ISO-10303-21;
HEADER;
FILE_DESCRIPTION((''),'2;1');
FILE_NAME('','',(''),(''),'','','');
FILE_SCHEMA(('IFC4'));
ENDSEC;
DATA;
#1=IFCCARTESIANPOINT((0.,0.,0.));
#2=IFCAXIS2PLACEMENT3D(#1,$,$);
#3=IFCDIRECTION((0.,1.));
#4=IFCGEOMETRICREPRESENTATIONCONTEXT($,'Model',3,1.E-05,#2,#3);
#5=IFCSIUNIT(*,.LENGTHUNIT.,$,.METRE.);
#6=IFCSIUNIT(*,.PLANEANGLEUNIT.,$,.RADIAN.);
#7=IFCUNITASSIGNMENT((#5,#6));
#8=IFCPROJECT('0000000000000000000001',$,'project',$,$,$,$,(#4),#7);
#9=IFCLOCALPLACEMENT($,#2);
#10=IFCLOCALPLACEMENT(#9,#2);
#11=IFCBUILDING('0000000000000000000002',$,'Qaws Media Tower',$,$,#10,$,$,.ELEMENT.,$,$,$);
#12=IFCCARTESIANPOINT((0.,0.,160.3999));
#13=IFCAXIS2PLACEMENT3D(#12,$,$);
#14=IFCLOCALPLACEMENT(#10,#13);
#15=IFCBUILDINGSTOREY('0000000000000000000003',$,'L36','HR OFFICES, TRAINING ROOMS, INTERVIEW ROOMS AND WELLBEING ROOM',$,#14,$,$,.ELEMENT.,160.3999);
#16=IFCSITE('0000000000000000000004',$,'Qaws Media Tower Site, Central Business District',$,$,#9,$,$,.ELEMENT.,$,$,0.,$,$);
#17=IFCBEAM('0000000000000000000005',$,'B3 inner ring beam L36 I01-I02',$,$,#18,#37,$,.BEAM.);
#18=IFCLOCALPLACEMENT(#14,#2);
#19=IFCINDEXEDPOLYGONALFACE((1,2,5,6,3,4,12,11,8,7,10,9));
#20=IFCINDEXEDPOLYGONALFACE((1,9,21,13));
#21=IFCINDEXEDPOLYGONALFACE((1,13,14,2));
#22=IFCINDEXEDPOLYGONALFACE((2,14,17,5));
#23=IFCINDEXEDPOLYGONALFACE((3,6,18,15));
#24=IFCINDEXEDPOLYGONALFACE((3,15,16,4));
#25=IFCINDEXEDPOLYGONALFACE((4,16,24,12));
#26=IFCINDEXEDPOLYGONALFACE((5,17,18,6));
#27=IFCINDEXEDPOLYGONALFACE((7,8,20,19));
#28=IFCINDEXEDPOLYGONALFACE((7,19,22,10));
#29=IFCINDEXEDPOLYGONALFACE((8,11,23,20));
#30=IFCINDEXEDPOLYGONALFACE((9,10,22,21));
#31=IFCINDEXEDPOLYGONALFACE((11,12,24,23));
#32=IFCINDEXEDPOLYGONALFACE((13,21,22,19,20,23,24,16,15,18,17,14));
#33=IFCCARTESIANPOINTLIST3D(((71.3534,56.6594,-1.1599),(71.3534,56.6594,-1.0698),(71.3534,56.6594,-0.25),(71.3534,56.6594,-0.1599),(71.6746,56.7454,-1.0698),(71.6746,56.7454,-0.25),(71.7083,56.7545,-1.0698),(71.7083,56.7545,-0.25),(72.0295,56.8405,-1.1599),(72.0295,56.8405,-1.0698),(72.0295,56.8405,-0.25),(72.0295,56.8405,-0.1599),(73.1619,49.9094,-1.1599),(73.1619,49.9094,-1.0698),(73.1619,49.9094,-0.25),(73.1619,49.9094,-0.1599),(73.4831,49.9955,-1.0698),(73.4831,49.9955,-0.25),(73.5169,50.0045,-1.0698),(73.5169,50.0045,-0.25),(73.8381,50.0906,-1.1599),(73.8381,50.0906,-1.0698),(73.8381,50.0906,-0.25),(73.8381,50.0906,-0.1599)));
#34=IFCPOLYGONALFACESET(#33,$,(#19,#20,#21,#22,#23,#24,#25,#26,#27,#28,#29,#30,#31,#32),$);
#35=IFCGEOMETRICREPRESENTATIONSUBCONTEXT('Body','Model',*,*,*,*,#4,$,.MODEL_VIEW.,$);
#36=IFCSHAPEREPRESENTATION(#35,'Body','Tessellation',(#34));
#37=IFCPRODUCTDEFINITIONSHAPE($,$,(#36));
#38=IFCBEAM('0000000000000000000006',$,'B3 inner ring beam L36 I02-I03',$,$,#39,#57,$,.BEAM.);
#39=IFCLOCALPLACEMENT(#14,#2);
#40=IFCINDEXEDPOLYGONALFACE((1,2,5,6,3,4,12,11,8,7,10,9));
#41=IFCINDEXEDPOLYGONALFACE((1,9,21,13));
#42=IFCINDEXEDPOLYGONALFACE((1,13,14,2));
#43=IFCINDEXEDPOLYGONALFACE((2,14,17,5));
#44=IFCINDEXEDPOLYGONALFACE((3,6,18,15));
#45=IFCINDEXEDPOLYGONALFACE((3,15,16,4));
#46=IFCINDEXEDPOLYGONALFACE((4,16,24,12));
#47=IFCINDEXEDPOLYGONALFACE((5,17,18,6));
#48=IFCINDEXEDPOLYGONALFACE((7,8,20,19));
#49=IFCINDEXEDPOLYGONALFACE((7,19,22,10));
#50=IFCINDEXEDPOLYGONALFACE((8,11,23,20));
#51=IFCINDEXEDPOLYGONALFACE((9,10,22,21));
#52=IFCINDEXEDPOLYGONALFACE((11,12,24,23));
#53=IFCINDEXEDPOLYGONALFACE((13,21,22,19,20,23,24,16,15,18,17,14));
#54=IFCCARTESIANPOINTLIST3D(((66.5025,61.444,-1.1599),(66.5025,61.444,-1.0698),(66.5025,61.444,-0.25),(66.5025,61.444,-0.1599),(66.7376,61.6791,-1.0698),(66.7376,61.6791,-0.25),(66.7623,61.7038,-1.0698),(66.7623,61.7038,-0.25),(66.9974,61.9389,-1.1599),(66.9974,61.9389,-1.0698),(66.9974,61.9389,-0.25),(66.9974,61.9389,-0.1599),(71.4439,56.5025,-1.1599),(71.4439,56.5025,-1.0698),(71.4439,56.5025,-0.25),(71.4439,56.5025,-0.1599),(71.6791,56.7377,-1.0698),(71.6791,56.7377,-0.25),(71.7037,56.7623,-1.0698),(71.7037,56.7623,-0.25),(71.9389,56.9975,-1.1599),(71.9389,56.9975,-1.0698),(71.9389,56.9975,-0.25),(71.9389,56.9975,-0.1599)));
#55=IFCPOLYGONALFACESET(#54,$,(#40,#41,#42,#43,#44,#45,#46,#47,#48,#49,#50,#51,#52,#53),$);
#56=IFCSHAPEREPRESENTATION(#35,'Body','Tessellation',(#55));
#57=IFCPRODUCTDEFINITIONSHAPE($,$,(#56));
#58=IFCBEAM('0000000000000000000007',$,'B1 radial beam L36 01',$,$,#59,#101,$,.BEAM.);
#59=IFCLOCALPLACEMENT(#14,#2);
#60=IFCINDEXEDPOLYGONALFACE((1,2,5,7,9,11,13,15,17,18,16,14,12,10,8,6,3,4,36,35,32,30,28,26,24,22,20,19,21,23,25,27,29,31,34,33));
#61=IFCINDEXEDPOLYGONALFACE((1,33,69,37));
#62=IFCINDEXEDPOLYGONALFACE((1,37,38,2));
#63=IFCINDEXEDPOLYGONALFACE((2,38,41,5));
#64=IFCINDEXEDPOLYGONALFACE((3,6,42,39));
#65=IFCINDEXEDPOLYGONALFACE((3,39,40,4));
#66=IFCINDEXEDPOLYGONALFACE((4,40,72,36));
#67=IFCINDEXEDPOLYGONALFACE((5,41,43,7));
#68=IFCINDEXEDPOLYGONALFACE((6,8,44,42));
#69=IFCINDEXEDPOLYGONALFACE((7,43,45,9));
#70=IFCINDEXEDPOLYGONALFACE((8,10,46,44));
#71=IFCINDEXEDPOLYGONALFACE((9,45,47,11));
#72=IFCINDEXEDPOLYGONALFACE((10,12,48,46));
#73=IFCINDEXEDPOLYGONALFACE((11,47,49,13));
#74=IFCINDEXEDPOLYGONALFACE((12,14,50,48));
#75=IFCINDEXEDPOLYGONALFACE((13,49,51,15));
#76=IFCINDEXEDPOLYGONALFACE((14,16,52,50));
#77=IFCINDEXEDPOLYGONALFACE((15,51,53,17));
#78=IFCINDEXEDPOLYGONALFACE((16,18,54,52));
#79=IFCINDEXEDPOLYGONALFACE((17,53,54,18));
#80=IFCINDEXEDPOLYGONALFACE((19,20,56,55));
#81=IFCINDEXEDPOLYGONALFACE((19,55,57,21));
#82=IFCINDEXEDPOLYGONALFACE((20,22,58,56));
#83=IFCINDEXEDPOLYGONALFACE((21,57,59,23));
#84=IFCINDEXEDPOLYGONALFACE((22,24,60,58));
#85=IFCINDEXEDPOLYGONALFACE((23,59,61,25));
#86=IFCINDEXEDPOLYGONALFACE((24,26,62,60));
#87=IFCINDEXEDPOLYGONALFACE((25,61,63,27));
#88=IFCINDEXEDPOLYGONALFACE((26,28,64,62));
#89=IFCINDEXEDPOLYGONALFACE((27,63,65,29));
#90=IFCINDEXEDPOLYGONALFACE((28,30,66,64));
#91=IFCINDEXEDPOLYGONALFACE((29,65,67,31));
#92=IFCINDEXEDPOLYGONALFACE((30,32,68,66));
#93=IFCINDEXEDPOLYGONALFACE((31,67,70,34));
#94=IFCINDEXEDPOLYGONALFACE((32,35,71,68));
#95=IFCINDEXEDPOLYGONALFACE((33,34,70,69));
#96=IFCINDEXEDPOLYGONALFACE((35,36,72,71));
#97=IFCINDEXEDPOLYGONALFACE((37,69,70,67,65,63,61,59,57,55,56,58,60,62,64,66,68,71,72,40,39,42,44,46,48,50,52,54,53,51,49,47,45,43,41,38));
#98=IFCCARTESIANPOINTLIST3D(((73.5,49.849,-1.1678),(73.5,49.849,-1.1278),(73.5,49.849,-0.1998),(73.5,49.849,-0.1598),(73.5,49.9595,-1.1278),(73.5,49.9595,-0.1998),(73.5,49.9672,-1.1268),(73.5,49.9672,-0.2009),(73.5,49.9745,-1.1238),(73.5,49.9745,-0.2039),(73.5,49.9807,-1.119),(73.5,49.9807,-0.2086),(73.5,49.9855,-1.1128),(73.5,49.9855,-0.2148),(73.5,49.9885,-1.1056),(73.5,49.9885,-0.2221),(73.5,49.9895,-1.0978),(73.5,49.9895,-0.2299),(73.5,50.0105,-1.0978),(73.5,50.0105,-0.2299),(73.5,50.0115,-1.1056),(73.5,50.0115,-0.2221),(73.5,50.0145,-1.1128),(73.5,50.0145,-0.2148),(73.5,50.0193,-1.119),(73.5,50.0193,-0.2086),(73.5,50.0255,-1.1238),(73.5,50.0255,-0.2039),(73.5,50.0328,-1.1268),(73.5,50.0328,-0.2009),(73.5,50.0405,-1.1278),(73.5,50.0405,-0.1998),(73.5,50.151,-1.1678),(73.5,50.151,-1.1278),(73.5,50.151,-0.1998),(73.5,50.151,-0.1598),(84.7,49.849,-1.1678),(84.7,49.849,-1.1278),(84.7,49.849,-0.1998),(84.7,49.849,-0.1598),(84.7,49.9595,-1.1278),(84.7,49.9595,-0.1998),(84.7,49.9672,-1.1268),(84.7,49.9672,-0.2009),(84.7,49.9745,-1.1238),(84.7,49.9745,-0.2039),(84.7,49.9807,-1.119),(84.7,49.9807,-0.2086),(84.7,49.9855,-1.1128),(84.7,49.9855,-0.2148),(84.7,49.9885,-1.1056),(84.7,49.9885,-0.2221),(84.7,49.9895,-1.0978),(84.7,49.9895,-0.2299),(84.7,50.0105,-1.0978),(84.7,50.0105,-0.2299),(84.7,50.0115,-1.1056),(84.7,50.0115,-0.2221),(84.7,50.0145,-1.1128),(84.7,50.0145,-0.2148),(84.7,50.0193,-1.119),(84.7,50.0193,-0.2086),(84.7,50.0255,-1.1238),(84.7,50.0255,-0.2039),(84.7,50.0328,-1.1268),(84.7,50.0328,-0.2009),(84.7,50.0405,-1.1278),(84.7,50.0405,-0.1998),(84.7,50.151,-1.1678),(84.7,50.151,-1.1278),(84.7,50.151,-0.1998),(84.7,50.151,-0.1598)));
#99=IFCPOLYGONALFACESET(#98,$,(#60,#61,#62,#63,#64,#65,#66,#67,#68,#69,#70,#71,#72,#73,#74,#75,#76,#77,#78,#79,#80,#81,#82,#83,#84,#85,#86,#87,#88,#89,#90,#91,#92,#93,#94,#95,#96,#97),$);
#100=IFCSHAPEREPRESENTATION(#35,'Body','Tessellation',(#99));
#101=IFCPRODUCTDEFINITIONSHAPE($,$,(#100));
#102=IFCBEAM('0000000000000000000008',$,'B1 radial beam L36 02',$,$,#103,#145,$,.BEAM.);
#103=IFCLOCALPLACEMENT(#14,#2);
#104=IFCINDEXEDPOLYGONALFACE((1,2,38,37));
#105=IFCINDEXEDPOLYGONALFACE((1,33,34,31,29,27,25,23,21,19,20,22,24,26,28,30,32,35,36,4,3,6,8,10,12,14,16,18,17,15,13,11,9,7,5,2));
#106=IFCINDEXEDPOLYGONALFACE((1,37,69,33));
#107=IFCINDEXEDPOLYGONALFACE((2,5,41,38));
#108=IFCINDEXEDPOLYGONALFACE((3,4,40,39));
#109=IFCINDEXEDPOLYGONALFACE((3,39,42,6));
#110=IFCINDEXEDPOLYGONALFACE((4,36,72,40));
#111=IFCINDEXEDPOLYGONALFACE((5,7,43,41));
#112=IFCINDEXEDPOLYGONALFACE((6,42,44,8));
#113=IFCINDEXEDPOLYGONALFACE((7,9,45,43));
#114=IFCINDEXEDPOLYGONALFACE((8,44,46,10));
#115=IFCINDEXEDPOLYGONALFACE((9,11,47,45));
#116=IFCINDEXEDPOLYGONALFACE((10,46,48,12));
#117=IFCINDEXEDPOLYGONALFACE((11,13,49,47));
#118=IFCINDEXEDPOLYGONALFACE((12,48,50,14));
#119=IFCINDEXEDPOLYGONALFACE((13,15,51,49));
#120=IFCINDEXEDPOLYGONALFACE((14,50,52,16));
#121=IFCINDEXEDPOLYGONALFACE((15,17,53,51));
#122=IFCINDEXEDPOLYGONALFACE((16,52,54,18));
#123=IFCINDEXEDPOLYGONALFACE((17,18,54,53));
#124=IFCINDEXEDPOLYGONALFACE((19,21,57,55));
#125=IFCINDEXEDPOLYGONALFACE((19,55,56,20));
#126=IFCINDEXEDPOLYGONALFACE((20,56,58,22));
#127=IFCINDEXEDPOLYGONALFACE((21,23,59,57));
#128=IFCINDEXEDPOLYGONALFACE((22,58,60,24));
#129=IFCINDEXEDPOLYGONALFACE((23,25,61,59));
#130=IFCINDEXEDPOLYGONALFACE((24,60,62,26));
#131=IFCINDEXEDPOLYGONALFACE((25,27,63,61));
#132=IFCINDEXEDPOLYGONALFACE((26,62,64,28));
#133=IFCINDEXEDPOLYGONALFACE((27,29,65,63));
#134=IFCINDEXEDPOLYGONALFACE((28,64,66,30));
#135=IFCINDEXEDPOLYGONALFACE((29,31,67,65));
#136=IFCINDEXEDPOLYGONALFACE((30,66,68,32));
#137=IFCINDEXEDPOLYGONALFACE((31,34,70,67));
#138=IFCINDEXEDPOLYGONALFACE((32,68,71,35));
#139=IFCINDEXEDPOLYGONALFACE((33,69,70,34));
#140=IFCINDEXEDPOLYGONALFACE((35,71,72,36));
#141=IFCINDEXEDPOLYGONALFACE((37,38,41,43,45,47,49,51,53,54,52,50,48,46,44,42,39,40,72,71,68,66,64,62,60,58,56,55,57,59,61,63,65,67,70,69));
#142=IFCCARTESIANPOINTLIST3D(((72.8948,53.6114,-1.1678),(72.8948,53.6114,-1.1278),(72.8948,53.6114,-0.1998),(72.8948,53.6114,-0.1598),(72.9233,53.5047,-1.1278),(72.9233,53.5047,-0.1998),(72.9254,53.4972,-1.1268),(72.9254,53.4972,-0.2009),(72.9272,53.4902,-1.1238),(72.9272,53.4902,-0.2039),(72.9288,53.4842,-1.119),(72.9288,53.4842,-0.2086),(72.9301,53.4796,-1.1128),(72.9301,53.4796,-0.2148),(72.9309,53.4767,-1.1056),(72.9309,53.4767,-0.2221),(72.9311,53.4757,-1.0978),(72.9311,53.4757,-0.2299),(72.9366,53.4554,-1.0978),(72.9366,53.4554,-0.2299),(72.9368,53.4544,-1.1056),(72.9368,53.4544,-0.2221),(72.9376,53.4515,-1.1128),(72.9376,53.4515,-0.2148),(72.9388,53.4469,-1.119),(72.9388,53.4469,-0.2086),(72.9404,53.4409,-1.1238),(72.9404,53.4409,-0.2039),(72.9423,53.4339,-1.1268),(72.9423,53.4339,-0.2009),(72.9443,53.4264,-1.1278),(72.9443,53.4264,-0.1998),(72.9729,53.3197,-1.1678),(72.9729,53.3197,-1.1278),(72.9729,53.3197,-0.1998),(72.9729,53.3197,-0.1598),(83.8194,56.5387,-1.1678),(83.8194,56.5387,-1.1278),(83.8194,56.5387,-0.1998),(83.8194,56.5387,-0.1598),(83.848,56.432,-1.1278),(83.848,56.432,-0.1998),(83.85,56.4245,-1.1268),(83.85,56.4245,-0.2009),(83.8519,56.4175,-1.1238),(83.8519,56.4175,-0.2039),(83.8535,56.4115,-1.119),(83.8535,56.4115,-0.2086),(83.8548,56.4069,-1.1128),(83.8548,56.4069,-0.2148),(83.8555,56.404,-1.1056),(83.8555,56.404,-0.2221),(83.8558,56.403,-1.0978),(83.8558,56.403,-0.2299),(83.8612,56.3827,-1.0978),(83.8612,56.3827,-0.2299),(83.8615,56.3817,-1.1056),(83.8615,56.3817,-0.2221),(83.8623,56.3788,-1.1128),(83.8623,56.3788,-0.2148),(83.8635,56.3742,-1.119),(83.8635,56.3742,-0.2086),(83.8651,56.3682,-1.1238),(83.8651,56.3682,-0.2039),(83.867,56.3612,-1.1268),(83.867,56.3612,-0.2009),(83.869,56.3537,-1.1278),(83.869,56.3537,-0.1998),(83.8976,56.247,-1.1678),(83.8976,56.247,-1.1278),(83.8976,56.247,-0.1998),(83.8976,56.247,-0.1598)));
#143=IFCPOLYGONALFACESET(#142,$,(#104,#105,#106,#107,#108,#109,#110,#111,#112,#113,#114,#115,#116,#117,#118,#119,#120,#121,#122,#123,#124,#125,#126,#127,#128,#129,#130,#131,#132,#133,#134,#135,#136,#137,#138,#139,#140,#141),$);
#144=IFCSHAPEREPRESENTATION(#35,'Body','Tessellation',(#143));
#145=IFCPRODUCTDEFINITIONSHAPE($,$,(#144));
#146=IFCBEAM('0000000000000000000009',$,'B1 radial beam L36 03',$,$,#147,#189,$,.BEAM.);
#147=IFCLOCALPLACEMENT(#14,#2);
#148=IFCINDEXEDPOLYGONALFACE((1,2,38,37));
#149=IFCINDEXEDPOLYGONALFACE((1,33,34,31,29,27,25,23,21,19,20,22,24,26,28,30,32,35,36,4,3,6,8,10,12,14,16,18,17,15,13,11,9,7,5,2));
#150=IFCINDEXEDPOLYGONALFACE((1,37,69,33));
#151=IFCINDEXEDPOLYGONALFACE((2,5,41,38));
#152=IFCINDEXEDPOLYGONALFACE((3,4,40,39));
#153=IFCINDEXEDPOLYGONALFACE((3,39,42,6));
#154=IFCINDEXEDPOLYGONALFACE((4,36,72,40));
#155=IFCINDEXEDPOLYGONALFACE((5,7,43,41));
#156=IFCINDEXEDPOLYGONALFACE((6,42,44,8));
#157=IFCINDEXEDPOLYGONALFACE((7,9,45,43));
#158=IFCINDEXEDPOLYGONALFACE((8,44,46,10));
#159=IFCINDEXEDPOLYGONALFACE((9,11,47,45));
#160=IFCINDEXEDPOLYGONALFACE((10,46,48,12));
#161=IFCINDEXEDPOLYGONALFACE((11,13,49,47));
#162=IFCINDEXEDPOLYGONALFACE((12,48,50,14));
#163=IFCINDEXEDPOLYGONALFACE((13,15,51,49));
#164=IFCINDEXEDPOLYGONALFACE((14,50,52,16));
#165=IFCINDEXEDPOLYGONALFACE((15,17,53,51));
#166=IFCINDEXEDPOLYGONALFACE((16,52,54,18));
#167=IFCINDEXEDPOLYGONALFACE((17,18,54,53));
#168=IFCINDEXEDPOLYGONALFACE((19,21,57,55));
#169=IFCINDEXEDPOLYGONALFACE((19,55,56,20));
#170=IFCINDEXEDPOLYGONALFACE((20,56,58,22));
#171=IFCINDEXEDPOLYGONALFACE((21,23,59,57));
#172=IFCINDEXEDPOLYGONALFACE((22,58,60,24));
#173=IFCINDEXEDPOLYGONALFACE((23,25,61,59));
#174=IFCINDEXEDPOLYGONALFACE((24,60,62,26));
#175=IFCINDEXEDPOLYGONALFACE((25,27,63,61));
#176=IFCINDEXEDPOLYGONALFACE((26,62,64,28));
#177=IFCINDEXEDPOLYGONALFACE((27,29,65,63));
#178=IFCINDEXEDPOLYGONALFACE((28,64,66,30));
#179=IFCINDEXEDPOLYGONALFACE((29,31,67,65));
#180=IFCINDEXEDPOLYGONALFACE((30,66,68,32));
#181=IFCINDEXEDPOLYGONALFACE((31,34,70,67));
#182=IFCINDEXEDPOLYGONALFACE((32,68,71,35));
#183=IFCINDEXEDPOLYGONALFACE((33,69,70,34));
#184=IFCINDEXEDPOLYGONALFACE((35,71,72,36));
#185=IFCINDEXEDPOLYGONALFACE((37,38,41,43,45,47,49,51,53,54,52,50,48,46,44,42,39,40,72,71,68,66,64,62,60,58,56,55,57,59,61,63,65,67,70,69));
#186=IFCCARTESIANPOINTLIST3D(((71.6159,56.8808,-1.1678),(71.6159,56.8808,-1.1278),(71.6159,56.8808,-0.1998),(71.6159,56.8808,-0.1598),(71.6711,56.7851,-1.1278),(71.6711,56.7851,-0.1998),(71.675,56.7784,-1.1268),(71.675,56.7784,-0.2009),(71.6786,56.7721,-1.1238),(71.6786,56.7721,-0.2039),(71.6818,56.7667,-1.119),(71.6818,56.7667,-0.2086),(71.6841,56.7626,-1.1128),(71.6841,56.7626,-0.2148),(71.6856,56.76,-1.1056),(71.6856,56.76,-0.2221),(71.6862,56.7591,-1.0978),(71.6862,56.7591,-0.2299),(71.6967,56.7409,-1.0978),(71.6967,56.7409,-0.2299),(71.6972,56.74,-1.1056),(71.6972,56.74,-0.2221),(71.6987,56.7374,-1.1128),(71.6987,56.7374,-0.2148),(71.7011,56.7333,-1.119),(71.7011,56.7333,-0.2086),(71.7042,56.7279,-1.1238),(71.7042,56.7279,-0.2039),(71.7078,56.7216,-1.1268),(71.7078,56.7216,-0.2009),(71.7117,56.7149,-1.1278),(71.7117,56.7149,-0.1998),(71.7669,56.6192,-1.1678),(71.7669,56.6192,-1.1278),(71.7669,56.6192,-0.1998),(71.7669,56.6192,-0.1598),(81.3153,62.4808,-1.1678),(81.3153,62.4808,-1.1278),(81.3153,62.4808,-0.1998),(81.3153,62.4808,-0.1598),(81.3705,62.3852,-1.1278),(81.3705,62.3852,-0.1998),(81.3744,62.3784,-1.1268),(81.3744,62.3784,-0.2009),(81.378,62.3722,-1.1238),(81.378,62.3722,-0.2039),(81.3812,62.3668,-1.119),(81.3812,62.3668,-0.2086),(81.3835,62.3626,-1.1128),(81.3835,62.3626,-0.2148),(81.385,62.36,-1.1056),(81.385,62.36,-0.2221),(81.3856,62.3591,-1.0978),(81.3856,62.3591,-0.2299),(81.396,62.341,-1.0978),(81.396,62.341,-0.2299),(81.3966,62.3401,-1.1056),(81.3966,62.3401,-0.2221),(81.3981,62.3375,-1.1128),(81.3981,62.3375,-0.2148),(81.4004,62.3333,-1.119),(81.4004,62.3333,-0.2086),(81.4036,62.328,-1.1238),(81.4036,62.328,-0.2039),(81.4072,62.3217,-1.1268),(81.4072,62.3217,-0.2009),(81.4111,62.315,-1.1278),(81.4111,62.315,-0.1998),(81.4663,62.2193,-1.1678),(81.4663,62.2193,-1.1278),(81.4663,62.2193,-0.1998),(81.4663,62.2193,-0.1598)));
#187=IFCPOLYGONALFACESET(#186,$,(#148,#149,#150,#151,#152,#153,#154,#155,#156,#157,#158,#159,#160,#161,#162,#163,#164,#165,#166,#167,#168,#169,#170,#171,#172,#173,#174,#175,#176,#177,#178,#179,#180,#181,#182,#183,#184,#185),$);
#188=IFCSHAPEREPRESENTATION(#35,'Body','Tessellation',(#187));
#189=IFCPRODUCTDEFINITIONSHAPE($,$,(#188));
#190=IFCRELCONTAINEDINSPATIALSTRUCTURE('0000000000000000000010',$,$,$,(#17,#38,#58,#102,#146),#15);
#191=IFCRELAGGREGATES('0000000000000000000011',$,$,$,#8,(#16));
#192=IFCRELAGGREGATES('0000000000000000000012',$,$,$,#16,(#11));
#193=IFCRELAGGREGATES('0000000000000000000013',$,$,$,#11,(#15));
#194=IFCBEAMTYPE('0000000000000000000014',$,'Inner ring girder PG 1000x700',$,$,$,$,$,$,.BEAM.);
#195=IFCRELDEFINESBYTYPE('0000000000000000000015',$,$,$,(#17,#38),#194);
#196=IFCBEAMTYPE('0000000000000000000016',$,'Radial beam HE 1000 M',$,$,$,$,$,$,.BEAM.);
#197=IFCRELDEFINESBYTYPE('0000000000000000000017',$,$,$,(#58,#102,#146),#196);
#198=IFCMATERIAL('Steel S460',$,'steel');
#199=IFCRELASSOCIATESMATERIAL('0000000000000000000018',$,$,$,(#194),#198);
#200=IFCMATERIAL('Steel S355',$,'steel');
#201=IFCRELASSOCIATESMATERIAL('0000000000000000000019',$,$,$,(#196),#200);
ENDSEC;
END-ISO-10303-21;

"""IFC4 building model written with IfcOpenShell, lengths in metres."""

from ifc_helpers import new_model, si_unit, direction, frame, origin, origin_2d, place, context, subcontext, project, spatial, i_section, extrude, material, material_profile, profile_set, type_object, element, save


model = new_model("IFC4")

# Units and contexts
model_context = context("Model", 3, precision=1e-05, world=origin(), true_north=direction((0.0, 1.0)))
body_context = subcontext(model_context, "Body", "Model", "MODEL_VIEW")
ifc_project = project(units=[si_unit("LENGTHUNIT", "METRE"), si_unit("PLANEANGLEUNIT", "RADIAN")], contexts=[model_context])

# Site, building, storey
site_placement = place(None, origin())
site = spatial("IfcSite", under=ifc_project, at=site_placement, Name="Qaws Media Tower Site, Central Business District", CompositionType="ELEMENT", RefElevation=0.0)
building_placement = place(site_placement, origin())
building = spatial("IfcBuilding", under=site, at=building_placement, Name="Qaws Media Tower", CompositionType="ELEMENT")
storey_placement = place(building_placement, frame((0.0, 0.0, 160.3999)))
storey = spatial("IfcBuildingStorey", under=building, at=storey_placement, Name="L36", Description="HR OFFICES, TRAINING ROOMS, INTERVIEW ROOMS AND WELLBEING ROOM", CompositionType="ELEMENT", Elevation=160.3999)

# Beams
ifc_material_1 = material(Name="Steel S460", Category="steel")
ifc_material_profile_1 = material_profile(ifc_material_1, i_section(OverallWidth=0.7, OverallDepth=1.0, WebThickness=0.0349, FlangeThickness=0.0901, at=origin_2d()), Name="PG 1000x700")
ifc_profile_set_1 = profile_set([ifc_material_profile_1], Name="Steel S460")
beam_type_1 = type_object("IfcBeamType", Name="Inner ring girder PG 1000x700", PredefinedType="BEAM", material=ifc_profile_set_1)
beam_1_placement = place(storey_placement, frame((73.5, 50.0, -0.6599), z_axis=(-0.258811, 0.965928, 0.0), x_axis=(-0.965928, -0.258811, 0.0)))
element("IfcBeam", 1, at=beam_1_placement, inside=storey, type_object=beam_type_1, Name="B3 inner ring beam L36 I01-I02", PredefinedType="BEAM", context=body_context, shape_type="SweptSolid", body=[
    extrude(i_section(OverallWidth=0.7, OverallDepth=1.0, WebThickness=0.0349, FlangeThickness=0.0901, at=origin_2d()), origin(), (0.0, 0.0, 1.0), 6.988),
])
beam_2_placement = place(storey_placement, frame((71.6914, 56.75, -0.6599), z_axis=(-0.707107, 0.707107, 0.0), x_axis=(-0.707107, -0.707107, 0.0)))
element("IfcBeam", 2, at=beam_2_placement, inside=storey, type_object=beam_type_1, Name="B3 inner ring beam L36 I02-I03", PredefinedType="BEAM", context=body_context, shape_type="SweptSolid", body=[
    extrude(i_section(OverallWidth=0.7, OverallDepth=1.0, WebThickness=0.0349, FlangeThickness=0.0901, at=origin_2d()), origin(), (0.0, 0.0, 1.0), 6.9883),
])
ifc_material_2 = material(Name="Steel S355", Category="steel")
ifc_material_profile_2 = material_profile(ifc_material_2, i_section(OverallWidth=0.302, OverallDepth=1.0081, WebThickness=0.021, FlangeThickness=0.04, FilletRadius=0.03, at=origin_2d()), Name="HE 1000 M")
ifc_profile_set_2 = profile_set([ifc_material_profile_2], Name="Steel S355")
beam_type_2 = type_object("IfcBeamType", Name="Radial beam HE 1000 M", PredefinedType="BEAM", material=ifc_profile_set_2)
beam_3_placement = place(storey_placement, frame((73.5, 50.0, -0.6638), z_axis=(1.0, 0.0, 0.0), x_axis=(0.0, 1.0, 0.0)))
element("IfcBeam", 3, at=beam_3_placement, inside=storey, type_object=beam_type_2, Name="B1 radial beam L36 01", PredefinedType="BEAM", context=body_context, shape_type="SweptSolid", body=[
    extrude(i_section(OverallWidth=0.302, OverallDepth=1.0081, WebThickness=0.021, FlangeThickness=0.04, FilletRadius=0.03, at=origin_2d()), origin(), (0.0, 0.0, 1.0), 11.2),
])
beam_4_placement = place(storey_placement, frame((72.9338, 53.4656, -0.6638), z_axis=(0.965925, 0.258821, 0.0), x_axis=(-0.258821, 0.965925, 0.0)))
element("IfcBeam", 4, at=beam_4_placement, inside=storey, type_object=beam_type_2, Name="B1 radial beam L36 02", PredefinedType="BEAM", context=body_context, shape_type="SweptSolid", body=[
    extrude(i_section(OverallWidth=0.302, OverallDepth=1.0081, WebThickness=0.021, FlangeThickness=0.04, FilletRadius=0.03, at=origin_2d()), origin(), (0.0, 0.0, 1.0), 11.3101),
])
beam_5_placement = place(storey_placement, frame((71.6914, 56.75, -0.6638), z_axis=(0.866021, 0.500007, 0.0), x_axis=(-0.500007, 0.866021, 0.0)))
element("IfcBeam", 5, at=beam_5_placement, inside=storey, type_object=beam_type_2, Name="B1 radial beam L36 03", PredefinedType="BEAM", context=body_context, shape_type="SweptSolid", body=[
    extrude(i_section(OverallWidth=0.302, OverallDepth=1.0081, WebThickness=0.021, FlangeThickness=0.04, FilletRadius=0.03, at=origin_2d()), origin(), (0.0, 0.0, 1.0), 11.2),
])

save(model, "model.ifc")
